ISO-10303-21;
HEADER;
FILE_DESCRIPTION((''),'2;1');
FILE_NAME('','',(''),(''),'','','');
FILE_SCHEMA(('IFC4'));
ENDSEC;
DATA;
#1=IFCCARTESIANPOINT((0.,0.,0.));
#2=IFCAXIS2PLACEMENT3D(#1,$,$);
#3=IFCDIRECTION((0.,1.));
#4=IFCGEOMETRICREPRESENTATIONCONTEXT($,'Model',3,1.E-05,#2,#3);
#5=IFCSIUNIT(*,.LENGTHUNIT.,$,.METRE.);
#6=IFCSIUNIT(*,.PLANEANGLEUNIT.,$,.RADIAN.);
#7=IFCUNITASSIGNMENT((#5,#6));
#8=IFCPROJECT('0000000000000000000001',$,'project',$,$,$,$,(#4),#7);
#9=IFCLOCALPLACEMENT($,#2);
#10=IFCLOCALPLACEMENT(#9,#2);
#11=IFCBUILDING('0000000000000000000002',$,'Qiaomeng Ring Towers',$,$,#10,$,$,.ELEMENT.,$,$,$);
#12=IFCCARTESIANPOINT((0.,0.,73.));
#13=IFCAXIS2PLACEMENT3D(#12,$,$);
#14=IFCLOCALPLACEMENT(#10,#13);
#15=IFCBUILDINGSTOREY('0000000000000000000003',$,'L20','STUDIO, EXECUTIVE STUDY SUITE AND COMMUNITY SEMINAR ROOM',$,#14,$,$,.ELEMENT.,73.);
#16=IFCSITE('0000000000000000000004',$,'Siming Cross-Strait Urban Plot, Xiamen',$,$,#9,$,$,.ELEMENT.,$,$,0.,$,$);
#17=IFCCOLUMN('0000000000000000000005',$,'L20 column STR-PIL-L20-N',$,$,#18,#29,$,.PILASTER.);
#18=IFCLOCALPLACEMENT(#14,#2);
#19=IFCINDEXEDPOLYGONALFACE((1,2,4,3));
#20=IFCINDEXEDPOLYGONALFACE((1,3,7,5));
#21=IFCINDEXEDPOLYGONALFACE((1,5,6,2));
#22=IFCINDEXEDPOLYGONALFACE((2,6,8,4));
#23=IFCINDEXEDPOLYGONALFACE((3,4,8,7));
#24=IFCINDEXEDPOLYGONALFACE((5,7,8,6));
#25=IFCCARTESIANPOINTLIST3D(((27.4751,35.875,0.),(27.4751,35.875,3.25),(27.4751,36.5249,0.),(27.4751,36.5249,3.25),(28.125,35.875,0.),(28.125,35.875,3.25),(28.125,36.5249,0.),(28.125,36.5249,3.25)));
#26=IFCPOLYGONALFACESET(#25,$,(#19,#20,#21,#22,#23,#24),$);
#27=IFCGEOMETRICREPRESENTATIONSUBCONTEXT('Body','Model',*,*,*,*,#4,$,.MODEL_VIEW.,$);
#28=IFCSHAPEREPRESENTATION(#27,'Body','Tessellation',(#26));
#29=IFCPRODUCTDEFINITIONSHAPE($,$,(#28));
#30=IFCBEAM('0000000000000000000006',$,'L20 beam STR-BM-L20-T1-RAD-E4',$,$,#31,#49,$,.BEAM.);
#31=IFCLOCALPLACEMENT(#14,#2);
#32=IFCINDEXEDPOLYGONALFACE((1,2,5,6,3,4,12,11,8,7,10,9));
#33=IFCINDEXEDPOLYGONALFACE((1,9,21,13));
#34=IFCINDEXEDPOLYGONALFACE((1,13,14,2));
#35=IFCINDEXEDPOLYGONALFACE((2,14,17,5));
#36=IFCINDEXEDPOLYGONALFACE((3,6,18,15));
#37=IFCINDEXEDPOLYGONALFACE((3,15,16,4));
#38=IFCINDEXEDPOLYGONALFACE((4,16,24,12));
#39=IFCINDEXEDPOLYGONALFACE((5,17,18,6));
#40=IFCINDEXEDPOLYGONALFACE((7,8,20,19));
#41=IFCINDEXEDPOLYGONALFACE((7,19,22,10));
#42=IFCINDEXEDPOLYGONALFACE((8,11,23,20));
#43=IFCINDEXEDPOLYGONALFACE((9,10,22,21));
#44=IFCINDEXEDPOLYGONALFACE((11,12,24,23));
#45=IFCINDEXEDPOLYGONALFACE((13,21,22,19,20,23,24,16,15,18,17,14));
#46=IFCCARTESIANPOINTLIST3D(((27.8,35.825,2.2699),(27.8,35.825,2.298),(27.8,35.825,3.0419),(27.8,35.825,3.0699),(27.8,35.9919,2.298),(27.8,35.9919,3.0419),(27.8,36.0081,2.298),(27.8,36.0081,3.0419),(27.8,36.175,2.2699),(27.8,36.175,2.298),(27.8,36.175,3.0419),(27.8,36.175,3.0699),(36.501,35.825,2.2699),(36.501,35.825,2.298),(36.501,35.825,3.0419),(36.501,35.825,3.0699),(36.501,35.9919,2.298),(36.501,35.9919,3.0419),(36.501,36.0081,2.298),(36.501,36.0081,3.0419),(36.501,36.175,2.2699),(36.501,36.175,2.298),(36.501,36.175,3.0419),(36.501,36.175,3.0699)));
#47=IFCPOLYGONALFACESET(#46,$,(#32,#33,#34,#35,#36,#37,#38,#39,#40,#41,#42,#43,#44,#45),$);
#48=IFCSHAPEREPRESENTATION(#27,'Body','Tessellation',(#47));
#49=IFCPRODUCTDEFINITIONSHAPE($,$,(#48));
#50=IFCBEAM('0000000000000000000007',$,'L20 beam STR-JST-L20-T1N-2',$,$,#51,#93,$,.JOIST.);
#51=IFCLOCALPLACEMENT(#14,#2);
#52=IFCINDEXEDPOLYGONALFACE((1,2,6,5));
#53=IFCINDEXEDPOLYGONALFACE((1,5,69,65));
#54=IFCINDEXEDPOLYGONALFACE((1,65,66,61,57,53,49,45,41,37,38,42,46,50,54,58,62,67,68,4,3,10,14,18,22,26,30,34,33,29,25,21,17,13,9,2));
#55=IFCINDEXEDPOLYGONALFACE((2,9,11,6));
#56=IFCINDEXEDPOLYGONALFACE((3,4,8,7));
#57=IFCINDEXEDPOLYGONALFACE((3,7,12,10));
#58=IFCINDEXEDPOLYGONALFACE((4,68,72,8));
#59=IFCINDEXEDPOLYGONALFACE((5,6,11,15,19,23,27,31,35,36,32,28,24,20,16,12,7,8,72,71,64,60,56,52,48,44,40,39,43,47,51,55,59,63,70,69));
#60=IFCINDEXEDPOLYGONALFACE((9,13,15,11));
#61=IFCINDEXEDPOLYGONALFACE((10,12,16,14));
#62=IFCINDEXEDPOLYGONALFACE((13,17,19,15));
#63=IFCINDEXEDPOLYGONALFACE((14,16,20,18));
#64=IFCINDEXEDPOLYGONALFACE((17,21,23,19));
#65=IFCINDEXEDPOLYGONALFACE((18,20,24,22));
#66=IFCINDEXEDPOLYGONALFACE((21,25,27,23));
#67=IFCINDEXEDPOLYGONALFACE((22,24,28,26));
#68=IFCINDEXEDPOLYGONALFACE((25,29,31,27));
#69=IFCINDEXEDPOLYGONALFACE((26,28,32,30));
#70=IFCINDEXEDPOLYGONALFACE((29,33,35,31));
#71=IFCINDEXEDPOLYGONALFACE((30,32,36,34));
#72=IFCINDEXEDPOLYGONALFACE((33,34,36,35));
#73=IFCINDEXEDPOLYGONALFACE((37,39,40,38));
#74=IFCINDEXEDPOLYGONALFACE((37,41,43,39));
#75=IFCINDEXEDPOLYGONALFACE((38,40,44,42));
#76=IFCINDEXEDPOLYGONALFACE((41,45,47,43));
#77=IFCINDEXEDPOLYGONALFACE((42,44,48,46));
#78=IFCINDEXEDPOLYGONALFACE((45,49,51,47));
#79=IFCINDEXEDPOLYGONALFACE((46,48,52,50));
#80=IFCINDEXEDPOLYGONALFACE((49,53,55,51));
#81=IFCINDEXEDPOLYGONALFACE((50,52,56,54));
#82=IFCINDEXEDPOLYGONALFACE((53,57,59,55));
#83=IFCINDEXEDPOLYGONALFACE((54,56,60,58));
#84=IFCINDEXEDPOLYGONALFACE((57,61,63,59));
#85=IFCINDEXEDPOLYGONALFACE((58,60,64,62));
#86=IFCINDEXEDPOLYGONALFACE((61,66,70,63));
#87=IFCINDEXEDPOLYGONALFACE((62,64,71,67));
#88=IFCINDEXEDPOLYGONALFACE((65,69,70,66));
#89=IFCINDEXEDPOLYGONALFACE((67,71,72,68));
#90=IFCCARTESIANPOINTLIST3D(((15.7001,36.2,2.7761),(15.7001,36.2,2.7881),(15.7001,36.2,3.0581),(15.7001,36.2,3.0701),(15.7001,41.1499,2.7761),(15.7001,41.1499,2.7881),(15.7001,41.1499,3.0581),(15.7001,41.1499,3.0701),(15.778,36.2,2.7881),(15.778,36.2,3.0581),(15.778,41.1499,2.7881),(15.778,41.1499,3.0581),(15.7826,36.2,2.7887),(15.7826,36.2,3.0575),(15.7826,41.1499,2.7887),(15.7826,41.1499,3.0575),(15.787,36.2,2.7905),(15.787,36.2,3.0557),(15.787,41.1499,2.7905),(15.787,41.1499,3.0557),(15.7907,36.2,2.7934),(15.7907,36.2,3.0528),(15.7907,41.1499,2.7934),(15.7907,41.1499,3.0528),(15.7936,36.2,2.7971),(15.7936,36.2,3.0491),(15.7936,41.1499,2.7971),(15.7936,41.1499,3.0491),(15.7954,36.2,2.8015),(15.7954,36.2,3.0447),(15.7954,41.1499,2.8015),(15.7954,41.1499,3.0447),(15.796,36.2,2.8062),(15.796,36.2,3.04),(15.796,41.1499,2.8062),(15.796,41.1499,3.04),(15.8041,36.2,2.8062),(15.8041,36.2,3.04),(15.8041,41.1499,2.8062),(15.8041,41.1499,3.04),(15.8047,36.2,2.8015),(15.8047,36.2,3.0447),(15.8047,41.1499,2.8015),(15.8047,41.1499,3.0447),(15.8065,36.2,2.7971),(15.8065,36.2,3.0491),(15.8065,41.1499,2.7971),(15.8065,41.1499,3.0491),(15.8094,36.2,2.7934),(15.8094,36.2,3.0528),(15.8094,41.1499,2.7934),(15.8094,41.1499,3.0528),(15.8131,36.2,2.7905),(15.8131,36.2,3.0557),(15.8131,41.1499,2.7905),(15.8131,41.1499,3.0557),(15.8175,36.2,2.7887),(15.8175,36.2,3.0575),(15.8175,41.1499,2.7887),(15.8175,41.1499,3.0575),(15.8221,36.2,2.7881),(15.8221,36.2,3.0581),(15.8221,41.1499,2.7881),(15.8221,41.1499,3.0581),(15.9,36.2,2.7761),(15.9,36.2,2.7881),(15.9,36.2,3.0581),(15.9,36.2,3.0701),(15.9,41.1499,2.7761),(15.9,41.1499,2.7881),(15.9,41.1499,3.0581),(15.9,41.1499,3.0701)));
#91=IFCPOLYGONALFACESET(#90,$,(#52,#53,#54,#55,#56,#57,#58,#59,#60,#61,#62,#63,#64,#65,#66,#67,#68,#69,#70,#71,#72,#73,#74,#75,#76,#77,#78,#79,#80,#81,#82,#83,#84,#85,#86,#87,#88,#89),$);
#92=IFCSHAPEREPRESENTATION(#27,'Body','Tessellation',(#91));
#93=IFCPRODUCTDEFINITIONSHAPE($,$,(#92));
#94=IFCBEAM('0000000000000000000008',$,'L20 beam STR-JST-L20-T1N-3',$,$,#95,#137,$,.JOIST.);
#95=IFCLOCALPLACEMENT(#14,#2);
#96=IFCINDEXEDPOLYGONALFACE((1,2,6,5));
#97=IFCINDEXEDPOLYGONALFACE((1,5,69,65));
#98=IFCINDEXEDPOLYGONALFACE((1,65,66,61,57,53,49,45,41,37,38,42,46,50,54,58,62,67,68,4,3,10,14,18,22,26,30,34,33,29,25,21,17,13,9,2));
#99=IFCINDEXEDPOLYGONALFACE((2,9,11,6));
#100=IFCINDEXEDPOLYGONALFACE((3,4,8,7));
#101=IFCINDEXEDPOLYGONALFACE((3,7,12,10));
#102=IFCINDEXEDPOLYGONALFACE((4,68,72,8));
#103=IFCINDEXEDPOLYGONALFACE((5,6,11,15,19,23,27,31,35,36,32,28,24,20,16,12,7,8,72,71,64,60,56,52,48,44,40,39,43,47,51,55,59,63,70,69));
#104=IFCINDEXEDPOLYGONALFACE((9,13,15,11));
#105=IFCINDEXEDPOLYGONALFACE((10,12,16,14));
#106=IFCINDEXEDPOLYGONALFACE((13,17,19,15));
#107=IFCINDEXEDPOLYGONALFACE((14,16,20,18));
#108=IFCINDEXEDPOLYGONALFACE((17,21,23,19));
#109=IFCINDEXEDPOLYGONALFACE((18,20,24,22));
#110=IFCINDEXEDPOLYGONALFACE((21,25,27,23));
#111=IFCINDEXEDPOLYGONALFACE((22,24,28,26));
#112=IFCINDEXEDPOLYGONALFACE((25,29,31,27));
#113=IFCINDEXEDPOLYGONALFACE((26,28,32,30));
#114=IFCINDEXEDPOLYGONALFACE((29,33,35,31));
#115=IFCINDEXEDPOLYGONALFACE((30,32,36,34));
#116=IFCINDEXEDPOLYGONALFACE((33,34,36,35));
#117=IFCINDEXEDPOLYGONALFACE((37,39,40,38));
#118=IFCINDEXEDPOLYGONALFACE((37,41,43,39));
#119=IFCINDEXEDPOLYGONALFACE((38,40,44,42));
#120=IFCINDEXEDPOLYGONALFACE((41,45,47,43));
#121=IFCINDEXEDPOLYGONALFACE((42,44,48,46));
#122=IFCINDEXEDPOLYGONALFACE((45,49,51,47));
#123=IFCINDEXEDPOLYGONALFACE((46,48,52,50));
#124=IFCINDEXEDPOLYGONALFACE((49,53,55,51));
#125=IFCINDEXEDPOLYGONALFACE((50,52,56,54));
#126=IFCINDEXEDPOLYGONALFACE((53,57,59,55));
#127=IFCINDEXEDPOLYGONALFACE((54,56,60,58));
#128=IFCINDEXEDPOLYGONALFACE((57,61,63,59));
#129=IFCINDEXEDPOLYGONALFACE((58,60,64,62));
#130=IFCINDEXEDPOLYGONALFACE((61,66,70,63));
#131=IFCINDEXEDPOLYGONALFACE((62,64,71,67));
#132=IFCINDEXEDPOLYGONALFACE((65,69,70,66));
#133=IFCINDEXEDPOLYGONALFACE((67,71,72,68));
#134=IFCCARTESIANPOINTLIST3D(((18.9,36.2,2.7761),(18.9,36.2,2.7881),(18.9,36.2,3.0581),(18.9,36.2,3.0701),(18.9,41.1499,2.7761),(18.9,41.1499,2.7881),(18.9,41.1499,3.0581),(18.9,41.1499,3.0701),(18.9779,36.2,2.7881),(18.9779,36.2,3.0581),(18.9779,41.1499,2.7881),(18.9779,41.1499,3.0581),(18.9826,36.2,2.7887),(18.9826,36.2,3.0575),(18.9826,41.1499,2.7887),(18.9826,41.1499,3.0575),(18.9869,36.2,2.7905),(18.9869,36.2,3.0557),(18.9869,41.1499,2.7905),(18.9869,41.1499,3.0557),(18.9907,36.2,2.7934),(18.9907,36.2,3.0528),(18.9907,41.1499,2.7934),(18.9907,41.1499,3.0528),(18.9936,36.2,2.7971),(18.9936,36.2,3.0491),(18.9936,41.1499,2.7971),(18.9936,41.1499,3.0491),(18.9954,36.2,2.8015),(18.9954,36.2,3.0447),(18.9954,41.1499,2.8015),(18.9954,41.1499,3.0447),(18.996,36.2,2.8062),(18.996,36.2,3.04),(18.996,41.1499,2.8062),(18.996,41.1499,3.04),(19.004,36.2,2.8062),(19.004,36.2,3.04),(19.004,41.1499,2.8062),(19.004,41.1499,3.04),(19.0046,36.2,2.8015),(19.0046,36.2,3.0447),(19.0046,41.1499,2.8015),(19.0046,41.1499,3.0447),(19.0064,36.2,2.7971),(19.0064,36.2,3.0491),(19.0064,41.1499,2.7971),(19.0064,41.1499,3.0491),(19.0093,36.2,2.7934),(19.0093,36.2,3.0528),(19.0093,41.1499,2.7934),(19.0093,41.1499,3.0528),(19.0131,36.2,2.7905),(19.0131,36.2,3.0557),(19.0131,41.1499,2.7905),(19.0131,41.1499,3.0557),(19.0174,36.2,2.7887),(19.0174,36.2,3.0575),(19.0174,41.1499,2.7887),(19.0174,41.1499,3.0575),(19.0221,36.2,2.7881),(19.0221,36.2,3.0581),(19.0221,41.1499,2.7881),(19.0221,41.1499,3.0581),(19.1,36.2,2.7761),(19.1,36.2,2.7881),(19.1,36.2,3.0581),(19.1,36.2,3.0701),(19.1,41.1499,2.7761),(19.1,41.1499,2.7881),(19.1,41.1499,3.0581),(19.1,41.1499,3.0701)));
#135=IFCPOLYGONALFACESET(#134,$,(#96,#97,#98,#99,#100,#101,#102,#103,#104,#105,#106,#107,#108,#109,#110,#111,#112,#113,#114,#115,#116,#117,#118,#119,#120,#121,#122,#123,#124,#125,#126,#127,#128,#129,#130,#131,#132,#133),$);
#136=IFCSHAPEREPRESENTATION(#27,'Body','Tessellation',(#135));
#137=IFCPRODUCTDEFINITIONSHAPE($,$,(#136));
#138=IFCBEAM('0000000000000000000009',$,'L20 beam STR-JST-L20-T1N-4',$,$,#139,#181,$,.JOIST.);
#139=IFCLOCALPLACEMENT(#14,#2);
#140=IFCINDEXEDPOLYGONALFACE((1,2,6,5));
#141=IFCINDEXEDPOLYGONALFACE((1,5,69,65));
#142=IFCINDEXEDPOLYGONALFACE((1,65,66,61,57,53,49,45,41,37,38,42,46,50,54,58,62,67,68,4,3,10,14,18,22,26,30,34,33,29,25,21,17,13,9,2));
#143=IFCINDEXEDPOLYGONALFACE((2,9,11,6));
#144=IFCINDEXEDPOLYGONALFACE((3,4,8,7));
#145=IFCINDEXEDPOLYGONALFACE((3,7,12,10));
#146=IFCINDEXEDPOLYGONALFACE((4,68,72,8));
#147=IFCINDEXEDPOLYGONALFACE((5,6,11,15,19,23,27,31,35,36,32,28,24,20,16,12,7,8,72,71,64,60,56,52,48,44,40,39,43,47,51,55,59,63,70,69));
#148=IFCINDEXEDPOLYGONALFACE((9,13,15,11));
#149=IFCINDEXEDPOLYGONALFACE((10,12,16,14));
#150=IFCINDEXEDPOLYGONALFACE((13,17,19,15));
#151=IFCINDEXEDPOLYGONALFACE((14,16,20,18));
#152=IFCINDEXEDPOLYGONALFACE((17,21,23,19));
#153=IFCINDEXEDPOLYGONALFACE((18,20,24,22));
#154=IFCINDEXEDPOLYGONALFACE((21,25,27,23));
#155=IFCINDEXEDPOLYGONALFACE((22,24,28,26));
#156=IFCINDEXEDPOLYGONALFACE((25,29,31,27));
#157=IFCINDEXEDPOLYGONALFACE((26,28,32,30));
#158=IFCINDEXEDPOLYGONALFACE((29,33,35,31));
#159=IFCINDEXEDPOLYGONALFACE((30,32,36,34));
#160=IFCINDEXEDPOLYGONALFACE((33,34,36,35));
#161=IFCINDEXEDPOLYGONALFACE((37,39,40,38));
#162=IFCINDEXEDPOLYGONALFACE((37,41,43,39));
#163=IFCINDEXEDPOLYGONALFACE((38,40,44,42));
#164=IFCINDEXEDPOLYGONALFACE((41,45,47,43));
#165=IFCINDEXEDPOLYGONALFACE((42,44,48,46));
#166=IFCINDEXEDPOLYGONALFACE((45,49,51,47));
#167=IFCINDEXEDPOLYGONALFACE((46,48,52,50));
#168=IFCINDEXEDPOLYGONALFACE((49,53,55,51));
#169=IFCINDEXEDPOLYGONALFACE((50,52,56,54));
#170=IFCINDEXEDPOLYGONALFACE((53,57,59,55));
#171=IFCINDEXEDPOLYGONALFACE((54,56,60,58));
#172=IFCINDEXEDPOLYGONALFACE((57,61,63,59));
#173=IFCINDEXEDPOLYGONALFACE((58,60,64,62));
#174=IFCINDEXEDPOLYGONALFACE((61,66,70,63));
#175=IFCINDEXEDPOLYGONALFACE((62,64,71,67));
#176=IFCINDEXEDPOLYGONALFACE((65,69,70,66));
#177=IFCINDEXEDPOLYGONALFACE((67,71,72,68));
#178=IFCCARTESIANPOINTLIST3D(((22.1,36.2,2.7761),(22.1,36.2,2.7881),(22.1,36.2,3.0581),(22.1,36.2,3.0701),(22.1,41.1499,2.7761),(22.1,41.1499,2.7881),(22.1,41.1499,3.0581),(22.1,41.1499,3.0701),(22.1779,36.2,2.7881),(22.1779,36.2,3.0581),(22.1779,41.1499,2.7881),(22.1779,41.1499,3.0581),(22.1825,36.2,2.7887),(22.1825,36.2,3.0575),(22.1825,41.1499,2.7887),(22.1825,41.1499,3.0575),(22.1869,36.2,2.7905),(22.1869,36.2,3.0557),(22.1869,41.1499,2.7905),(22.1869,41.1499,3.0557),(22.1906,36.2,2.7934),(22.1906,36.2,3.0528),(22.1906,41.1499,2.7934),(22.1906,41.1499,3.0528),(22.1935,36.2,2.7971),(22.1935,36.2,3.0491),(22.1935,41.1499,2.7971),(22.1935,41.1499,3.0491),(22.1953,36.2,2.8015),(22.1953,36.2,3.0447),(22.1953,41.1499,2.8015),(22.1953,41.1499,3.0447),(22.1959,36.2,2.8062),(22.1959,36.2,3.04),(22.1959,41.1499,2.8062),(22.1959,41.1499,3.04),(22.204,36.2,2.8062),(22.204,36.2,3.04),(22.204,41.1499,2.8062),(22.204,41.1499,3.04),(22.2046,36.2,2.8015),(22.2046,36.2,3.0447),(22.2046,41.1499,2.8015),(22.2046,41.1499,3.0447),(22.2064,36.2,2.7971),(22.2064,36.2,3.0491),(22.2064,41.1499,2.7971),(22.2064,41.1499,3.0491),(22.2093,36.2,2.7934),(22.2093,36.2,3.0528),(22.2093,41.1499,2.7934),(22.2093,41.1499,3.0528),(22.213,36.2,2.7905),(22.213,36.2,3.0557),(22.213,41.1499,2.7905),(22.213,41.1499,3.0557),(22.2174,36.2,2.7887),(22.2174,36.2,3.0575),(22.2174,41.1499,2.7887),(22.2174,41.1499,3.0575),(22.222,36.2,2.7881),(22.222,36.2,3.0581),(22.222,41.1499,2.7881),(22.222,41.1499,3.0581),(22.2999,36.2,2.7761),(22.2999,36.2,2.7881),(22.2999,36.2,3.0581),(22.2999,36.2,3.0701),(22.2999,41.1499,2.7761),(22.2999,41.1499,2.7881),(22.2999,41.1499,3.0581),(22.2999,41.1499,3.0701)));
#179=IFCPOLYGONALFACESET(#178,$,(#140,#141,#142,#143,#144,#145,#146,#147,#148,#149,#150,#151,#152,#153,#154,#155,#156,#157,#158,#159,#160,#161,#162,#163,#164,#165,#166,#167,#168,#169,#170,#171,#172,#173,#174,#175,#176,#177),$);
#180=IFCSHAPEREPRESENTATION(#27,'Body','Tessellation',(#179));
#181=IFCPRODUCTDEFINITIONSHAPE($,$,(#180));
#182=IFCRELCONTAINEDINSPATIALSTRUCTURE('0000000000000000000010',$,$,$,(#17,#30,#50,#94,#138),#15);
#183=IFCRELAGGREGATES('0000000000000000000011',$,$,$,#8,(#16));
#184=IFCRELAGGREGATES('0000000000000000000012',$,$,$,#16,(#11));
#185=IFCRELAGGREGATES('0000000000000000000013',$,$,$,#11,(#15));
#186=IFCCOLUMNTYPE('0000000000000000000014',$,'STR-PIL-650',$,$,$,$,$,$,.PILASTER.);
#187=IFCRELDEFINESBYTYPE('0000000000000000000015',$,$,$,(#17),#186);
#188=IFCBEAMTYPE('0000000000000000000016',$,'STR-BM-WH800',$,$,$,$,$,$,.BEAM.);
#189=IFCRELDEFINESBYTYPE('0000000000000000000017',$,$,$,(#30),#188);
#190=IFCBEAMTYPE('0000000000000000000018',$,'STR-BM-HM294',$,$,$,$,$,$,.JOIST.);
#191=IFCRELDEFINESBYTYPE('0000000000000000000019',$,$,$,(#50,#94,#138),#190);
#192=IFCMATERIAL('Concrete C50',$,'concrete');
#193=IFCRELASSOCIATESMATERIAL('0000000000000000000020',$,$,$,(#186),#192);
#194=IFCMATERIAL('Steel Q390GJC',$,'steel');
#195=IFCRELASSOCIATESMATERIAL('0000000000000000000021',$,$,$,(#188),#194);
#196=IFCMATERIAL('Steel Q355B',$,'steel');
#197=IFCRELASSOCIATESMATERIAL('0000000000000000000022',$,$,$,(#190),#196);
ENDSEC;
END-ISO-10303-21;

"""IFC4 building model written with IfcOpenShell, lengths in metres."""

from ifc_helpers import new_model, si_unit, direction, frame, origin, origin_2d, place, context, subcontext, project, spatial, rectangle, i_section, extrude, source, transform, mapped, material, material_profile, profile_set, type_object, element, save


model = new_model("IFC4")

# Units and contexts
model_context = context("Model", 3, precision=1e-05, world=origin(), true_north=direction((0.0, 1.0)))
body_context = subcontext(model_context, "Body", "Model", "MODEL_VIEW")
ifc_project = project(units=[si_unit("LENGTHUNIT", "METRE"), si_unit("PLANEANGLEUNIT", "RADIAN")], contexts=[model_context])

# Site, building, storey
site_placement = place(None, origin())
site = spatial("IfcSite", under=ifc_project, at=site_placement, Name="Siming Cross-Strait Urban Plot, Xiamen", CompositionType="ELEMENT", RefElevation=0.0)
building_placement = place(site_placement, origin())
building = spatial("IfcBuilding", under=site, at=building_placement, Name="Qiaomeng Ring Towers", CompositionType="ELEMENT")
storey_placement = place(building_placement, frame((0.0, 0.0, 73.0)))
storey = spatial("IfcBuildingStorey", under=building, at=storey_placement, Name="L20", Description="STUDIO, EXECUTIVE STUDY SUITE AND COMMUNITY SEMINAR ROOM", CompositionType="ELEMENT", Elevation=73.0)

# Column
ifc_material_1 = material(Name="Concrete C50", Category="concrete")
ifc_material_profile_1 = material_profile(ifc_material_1, rectangle(XDim=0.6499, YDim=0.6499, at=origin_2d()), Name="RC COL 650x650")
ifc_profile_set_1 = profile_set([ifc_material_profile_1], Name="Concrete C50")
column_type = type_object("IfcColumnType", Name="STR-PIL-650", PredefinedType="PILASTER", material=ifc_profile_set_1)
shared_shape_1 = source(origin(), body_context, "Body", "SweptSolid", [
    extrude(rectangle(XDim=0.6499, YDim=0.6499, at=origin_2d()), origin(), (0.0, 0.0, 1.0), 3.25),
])
column_placement = place(storey_placement, frame((27.8, 36.2, 0.0), z_axis=(0.0, 0.0, 1.0), x_axis=(1.0, 0.0, 0.0)))
element("IfcColumn", 1, at=column_placement, inside=storey, type_object=column_type, Name="L20 column STR-PIL-L20-N", PredefinedType="PILASTER", context=body_context, shape_type="MappedRepresentation", body=[
    mapped(shared_shape_1, transform((0.0, 0.0, 0.0), x_axis=(1.0, 0.0, 0.0), y_axis=(0.0, 1.0, 0.0), z_axis=(0.0, 0.0, 1.0), scale=1.0)),
])

# Beams
ifc_material_2 = material(Name="Steel Q390GJC", Category="steel")
ifc_material_profile_2 = material_profile(ifc_material_2, i_section(OverallWidth=0.3501, OverallDepth=0.8, WebThickness=0.0161, FlangeThickness=0.0281, at=origin_2d()), Name="WH 800x350x16x28")
ifc_profile_set_2 = profile_set([ifc_material_profile_2], Name="Steel Q390GJC")
beam_type_1 = type_object("IfcBeamType", Name="STR-BM-WH800", PredefinedType="BEAM", material=ifc_profile_set_2)
shared_shape_2 = source(origin(), body_context, "Body", "SweptSolid", [
    extrude(i_section(OverallWidth=0.3501, OverallDepth=0.8, WebThickness=0.0161, FlangeThickness=0.0281, at=origin_2d()), origin(), (0.0, 0.0, 1.0), 8.7009),
])
beam_placement = place(storey_placement, frame((27.8, 36.0, 2.6699), z_axis=(1.0, 0.0, 0.0), x_axis=(0.0, 1.0, 0.0)))
element("IfcBeam", 2, at=beam_placement, inside=storey, type_object=beam_type_1, Name="L20 beam STR-BM-L20-T1-RAD-E4", PredefinedType="BEAM", context=body_context, shape_type="MappedRepresentation", body=[
    mapped(shared_shape_2, transform((0.0, 0.0, 0.0), x_axis=(1.0, 0.0, 0.0), y_axis=(0.0, 1.0, 0.0), z_axis=(0.0, 0.0, 1.0), scale=1.0)),
])
ifc_material_3 = material(Name="Steel Q355B", Category="steel")
ifc_material_profile_3 = material_profile(ifc_material_3, i_section(OverallWidth=0.2, OverallDepth=0.2939, WebThickness=0.0081, FlangeThickness=0.012, FilletRadius=0.0181, at=origin_2d()), Name="HM 294x200x8x12")
ifc_profile_set_3 = profile_set([ifc_material_profile_3], Name="Steel Q355B")
beam_type_2 = type_object("IfcBeamType", Name="STR-BM-HM294", PredefinedType="JOIST", material=ifc_profile_set_3)
shared_shape_3 = source(origin(), body_context, "Body", "SweptSolid", [
    extrude(i_section(OverallWidth=0.2, OverallDepth=0.2939, WebThickness=0.0081, FlangeThickness=0.012, FilletRadius=0.0181, at=origin_2d()), origin(), (0.0, 0.0, 1.0), 4.95),
])
for number, where, z_axis, x_axis, name in (
    (3, (15.8, 36.2, 2.9231), (0.0, 1.0, 0.0), (-1.0, 0.0, 0.0), "L20 beam STR-JST-L20-T1N-2"),
    (4, (19.0, 36.2, 2.9231), (0.0, 1.0, 0.0), (-1.0, 0.0, 0.0), "L20 beam STR-JST-L20-T1N-3"),
    (5, (22.2, 36.2, 2.9231), (0.0, 1.0, 0.0), (-1.0, 0.0, 0.0), "L20 beam STR-JST-L20-T1N-4"),
):
    element("IfcBeam", number, at=place(storey_placement, frame(where, z_axis=z_axis, x_axis=x_axis)), inside=storey, type_object=beam_type_2, Name=name, PredefinedType="JOIST", context=body_context, shape_type="MappedRepresentation", body=[
        mapped(shared_shape_3, transform((0.0, 0.0, 0.0), x_axis=(1.0, 0.0, 0.0), y_axis=(0.0, 1.0, 0.0), z_axis=(0.0, 0.0, 1.0), scale=1.0)),
    ])

save(model, "model.ifc")
